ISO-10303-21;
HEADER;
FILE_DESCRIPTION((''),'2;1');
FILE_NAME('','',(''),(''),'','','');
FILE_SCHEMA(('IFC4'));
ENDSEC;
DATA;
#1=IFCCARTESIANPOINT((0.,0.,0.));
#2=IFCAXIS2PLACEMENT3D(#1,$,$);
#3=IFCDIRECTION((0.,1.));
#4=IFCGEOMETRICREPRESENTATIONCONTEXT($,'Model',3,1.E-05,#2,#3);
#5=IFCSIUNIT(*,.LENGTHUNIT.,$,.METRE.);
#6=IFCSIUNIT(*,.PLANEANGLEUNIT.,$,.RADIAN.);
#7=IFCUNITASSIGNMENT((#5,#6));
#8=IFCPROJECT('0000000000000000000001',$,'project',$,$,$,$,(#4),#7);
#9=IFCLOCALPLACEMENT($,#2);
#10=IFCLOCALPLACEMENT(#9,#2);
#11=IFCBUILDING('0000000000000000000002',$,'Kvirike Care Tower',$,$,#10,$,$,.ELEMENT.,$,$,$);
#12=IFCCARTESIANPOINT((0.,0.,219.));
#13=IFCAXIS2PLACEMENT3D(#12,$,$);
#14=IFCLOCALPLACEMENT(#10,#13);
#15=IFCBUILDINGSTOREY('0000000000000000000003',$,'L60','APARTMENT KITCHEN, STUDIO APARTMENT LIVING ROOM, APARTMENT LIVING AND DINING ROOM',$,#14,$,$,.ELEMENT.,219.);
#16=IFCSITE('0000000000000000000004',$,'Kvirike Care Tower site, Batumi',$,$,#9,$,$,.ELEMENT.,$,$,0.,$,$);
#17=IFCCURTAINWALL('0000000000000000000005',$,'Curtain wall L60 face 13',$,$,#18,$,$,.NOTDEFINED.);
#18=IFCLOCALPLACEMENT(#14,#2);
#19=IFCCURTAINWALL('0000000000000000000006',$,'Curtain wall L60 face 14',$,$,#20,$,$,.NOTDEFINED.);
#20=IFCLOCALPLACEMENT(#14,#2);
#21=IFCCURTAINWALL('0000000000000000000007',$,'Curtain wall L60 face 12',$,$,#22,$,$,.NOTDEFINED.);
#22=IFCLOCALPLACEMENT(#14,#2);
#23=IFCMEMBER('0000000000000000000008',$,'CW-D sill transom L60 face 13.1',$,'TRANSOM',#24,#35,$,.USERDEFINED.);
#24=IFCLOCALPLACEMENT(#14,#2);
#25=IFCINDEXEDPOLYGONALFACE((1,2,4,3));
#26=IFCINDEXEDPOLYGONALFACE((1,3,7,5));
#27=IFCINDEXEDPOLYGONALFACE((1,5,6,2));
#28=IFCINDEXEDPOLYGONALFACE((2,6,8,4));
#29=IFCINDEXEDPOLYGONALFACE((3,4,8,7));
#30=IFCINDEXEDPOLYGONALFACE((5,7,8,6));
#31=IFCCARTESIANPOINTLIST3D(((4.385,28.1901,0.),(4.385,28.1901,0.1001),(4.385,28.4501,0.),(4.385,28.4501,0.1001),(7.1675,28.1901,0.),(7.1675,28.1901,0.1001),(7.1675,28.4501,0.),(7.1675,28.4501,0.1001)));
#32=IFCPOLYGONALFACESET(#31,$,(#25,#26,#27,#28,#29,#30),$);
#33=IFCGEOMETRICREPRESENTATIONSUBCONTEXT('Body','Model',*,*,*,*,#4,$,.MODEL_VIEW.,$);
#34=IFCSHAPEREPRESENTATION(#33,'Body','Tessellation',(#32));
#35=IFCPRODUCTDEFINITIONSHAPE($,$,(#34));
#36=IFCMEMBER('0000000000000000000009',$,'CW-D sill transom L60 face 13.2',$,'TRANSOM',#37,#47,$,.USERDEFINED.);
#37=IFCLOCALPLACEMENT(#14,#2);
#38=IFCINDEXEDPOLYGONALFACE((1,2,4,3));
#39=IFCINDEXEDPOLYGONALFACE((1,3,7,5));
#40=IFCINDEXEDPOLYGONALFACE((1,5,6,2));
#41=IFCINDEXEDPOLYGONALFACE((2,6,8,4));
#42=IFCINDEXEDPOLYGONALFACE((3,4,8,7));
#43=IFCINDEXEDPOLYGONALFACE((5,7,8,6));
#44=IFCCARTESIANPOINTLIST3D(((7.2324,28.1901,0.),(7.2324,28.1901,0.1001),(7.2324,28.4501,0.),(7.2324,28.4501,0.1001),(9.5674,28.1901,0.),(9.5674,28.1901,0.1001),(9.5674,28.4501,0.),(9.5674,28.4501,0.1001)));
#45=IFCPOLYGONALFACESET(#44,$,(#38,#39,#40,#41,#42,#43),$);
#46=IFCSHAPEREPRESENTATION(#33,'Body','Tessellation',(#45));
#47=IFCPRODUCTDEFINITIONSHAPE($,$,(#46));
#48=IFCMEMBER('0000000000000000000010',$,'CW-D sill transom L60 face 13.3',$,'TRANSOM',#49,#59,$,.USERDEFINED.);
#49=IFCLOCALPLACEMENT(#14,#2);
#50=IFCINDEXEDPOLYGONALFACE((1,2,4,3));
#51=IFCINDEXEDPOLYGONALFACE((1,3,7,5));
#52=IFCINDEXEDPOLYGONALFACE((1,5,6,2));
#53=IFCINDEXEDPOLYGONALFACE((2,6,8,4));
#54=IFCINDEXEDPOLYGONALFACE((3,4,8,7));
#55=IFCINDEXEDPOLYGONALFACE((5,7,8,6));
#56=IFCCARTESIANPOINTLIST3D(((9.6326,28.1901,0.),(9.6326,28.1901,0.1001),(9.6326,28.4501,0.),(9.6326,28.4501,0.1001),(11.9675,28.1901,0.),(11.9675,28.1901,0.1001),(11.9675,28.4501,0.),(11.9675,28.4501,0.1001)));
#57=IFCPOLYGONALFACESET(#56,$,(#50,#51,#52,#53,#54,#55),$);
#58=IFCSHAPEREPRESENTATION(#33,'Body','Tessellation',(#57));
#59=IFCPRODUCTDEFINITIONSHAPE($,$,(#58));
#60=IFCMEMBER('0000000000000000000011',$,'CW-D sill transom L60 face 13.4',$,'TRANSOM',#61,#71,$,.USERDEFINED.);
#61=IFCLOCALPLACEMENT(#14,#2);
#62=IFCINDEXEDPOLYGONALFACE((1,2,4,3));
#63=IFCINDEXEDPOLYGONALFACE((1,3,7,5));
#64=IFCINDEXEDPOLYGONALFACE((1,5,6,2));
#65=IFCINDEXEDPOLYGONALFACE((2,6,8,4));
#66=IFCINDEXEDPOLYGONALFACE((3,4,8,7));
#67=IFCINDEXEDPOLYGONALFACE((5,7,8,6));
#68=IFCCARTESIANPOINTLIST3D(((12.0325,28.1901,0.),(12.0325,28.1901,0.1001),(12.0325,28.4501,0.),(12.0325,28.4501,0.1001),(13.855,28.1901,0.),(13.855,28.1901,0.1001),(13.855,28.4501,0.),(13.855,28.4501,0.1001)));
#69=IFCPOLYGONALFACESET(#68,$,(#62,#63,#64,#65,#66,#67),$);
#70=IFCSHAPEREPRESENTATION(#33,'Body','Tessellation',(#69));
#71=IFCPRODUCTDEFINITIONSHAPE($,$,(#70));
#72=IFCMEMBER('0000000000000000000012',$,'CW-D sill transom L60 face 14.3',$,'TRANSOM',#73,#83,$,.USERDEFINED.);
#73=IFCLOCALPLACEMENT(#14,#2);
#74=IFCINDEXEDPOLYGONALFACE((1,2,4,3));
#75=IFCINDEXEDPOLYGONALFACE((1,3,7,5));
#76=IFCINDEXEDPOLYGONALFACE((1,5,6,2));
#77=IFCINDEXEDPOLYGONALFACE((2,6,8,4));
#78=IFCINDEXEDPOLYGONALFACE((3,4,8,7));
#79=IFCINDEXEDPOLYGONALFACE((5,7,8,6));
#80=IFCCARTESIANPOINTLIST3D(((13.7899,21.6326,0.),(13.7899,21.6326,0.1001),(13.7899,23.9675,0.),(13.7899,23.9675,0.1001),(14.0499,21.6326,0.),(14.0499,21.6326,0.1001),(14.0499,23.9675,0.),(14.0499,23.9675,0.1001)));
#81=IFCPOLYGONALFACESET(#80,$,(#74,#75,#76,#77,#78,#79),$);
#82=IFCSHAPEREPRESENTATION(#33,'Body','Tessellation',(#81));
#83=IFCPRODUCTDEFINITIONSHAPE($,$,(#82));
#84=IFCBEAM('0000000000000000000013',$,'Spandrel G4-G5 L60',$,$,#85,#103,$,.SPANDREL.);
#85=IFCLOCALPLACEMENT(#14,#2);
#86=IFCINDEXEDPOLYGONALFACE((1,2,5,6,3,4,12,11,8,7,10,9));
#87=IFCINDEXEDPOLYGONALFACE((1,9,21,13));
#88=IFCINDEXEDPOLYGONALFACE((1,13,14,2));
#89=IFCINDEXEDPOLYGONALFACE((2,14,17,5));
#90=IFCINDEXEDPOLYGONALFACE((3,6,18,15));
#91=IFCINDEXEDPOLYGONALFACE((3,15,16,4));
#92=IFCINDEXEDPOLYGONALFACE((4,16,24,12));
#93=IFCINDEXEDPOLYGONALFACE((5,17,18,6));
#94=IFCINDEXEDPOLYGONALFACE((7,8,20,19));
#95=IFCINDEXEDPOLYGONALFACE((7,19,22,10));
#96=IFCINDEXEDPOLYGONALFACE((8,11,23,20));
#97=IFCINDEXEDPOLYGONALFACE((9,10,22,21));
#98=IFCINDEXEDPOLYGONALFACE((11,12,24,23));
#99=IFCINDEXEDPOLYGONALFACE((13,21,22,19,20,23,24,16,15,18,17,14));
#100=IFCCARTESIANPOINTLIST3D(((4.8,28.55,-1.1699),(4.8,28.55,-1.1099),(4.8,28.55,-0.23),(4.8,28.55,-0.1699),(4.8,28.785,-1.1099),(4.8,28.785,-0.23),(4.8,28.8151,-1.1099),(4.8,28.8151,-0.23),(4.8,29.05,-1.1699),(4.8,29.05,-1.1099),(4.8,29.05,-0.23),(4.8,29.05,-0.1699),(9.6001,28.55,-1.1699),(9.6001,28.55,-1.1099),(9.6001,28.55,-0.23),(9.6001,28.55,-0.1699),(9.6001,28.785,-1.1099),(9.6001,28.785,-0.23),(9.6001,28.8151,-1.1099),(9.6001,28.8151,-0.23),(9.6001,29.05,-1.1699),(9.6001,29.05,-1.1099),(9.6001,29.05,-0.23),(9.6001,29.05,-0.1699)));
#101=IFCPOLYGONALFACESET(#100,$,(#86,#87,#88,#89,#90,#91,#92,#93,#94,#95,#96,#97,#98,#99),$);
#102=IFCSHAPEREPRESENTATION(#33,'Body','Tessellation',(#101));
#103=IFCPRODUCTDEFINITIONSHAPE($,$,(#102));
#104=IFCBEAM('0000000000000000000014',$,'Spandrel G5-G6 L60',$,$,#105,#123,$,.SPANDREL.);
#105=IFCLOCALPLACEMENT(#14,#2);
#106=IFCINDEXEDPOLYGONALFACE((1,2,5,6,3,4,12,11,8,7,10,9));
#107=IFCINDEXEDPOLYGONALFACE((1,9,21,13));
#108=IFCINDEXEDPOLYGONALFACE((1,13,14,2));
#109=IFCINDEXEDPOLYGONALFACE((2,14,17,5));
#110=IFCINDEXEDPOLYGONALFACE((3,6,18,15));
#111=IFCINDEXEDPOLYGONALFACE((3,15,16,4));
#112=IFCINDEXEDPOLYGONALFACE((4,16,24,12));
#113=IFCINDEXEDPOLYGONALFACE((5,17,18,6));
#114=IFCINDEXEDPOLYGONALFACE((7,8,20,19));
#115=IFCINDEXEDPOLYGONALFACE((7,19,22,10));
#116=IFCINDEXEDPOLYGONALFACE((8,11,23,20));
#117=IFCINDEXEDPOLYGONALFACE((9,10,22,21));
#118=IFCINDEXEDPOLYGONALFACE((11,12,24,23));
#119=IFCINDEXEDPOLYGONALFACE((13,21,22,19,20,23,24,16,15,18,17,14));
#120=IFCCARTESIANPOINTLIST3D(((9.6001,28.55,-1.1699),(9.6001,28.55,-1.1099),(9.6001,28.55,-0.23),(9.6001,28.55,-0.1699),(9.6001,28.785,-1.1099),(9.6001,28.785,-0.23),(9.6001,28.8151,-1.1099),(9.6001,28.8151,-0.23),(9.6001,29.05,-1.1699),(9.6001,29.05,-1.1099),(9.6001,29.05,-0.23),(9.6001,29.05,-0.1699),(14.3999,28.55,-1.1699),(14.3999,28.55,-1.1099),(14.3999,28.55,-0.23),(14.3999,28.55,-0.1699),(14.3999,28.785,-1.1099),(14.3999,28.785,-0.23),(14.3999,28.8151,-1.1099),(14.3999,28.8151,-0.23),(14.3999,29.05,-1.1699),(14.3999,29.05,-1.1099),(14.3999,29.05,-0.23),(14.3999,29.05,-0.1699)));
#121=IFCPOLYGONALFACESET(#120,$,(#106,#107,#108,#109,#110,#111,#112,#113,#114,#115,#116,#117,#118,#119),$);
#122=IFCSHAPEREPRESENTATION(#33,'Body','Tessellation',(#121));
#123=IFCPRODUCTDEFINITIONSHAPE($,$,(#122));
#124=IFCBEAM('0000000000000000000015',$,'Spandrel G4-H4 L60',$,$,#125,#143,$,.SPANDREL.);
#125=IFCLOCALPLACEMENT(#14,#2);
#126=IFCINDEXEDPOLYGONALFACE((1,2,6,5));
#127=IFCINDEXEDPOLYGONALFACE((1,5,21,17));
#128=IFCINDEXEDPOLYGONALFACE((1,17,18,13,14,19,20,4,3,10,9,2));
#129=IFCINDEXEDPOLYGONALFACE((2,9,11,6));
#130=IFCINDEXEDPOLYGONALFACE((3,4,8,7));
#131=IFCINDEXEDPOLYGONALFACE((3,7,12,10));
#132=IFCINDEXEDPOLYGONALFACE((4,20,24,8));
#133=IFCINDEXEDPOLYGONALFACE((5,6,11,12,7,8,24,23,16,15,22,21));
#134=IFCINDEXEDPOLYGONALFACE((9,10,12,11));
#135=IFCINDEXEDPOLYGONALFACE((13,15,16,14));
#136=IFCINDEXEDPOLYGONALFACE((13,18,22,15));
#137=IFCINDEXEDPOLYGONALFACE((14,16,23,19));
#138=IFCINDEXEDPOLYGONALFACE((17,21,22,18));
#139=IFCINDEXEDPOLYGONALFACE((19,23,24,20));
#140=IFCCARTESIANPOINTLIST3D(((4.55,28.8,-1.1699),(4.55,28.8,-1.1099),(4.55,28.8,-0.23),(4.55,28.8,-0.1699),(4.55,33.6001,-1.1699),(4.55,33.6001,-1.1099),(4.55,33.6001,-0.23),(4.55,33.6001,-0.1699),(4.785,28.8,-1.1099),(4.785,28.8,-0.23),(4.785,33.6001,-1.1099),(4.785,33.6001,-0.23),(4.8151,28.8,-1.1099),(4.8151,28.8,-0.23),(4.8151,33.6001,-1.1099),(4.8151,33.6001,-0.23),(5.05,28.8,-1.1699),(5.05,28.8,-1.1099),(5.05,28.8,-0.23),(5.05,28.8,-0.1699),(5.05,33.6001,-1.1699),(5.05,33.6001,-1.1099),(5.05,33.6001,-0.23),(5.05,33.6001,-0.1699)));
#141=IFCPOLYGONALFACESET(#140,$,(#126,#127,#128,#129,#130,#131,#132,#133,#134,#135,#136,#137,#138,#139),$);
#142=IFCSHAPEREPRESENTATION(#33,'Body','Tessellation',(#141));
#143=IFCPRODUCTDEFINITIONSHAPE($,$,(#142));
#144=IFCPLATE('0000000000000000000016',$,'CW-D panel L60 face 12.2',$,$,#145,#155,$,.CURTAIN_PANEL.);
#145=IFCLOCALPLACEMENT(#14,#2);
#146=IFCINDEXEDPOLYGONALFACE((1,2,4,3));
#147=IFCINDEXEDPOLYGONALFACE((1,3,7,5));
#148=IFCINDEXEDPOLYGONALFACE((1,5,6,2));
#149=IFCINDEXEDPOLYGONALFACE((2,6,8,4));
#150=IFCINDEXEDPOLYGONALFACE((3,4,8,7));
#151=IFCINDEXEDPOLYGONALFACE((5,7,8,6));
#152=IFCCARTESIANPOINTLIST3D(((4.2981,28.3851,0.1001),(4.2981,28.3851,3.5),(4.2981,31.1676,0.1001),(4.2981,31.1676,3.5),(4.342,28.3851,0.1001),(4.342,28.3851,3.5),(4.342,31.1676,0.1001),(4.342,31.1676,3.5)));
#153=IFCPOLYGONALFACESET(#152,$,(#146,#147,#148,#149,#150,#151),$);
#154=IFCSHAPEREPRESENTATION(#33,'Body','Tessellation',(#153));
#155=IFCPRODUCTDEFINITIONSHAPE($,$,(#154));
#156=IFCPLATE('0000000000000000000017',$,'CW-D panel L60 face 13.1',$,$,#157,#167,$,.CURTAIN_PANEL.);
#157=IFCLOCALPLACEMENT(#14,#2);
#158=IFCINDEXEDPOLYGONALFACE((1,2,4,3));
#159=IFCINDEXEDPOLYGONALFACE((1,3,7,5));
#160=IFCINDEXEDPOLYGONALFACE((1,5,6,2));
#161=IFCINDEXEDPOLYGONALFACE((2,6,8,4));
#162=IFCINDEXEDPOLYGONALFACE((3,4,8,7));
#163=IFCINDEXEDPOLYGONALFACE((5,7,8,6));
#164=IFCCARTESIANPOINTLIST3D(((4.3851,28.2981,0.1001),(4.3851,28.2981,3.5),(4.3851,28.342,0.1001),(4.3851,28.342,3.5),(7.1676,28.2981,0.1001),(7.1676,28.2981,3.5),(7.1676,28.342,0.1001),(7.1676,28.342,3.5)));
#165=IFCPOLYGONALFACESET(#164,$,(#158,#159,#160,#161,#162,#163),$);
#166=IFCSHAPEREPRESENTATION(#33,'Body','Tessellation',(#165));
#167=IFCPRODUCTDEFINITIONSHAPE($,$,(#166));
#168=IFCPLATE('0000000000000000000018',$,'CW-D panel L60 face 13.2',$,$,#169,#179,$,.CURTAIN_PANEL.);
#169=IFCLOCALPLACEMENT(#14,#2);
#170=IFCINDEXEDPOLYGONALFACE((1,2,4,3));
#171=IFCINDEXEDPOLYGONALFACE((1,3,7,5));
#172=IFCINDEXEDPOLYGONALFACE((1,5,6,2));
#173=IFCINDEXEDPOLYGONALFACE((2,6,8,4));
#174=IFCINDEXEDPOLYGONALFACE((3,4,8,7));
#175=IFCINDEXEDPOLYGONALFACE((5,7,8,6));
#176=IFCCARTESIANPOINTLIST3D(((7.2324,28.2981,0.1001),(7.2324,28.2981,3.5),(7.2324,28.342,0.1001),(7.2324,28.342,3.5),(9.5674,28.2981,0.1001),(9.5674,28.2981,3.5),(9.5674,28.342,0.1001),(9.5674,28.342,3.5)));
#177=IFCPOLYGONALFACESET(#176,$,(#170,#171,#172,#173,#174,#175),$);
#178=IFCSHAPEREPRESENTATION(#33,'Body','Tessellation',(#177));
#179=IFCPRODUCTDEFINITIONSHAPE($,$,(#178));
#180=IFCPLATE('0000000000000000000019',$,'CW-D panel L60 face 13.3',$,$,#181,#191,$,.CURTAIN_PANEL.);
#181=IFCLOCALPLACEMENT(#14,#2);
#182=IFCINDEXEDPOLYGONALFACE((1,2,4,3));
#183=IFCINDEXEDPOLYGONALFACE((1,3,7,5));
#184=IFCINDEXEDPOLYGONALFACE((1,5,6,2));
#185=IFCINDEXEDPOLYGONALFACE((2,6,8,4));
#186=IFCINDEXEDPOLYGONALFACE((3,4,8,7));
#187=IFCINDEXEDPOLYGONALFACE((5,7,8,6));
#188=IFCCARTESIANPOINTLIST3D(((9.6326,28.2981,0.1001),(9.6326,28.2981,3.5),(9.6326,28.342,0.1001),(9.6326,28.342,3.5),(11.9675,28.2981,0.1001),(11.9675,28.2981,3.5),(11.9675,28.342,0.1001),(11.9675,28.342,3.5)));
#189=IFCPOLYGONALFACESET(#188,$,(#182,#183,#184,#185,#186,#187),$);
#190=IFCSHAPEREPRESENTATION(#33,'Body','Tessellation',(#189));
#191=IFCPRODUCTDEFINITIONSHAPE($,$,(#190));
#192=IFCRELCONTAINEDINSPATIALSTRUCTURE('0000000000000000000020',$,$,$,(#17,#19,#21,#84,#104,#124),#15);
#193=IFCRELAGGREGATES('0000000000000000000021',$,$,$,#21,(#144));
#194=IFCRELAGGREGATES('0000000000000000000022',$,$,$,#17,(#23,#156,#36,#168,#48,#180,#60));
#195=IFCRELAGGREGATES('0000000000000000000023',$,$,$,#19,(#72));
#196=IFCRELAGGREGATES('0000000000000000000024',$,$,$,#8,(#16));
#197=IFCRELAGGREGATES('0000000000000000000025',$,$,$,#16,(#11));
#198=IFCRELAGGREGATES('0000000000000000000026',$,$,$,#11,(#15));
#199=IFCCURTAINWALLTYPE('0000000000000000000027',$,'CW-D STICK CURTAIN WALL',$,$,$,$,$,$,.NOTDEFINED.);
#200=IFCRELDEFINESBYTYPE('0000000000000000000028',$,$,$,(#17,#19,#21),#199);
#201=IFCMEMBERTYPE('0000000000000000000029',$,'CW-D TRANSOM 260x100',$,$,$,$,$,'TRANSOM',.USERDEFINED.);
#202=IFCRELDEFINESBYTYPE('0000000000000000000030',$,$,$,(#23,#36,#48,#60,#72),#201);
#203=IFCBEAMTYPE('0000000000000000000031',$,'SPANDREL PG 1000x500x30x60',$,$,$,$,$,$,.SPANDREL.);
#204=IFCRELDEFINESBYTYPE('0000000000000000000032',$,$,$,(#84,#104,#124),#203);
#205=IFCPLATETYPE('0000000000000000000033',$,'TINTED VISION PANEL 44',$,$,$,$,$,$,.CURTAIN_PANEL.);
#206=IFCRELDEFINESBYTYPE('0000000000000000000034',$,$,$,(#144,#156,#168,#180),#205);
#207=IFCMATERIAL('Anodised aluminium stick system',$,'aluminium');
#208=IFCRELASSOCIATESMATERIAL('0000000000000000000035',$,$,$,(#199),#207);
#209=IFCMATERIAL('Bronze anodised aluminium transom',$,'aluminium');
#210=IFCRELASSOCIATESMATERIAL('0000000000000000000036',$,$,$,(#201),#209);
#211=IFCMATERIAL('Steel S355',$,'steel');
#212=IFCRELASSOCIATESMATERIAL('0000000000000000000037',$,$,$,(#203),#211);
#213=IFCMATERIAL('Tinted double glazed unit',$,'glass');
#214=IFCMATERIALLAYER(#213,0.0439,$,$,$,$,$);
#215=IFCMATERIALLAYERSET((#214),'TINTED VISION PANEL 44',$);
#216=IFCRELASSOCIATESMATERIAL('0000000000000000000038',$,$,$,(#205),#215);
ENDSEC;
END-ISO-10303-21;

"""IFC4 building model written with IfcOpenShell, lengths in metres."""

from ifc_helpers import new_model, si_unit, direction, frame, origin, origin_2d, place, context, subcontext, project, spatial, rectangle, i_section, extrude, material, layer, layer_set, material_profile, profile_set, type_object, element, aggregate, save


model = new_model("IFC4")

# Units and contexts
model_context = context("Model", 3, precision=1e-05, world=origin(), true_north=direction((0.0, 1.0)))
body_context = subcontext(model_context, "Body", "Model", "MODEL_VIEW")
ifc_project = project(units=[si_unit("LENGTHUNIT", "METRE"), si_unit("PLANEANGLEUNIT", "RADIAN")], contexts=[model_context])

# Site, building, storey
site_placement = place(None, origin())
site = spatial("IfcSite", under=ifc_project, at=site_placement, Name="Kvirike Care Tower site, Batumi", CompositionType="ELEMENT", RefElevation=0.0)
building_placement = place(site_placement, origin())
building = spatial("IfcBuilding", under=site, at=building_placement, Name="Kvirike Care Tower", CompositionType="ELEMENT")
storey_placement = place(building_placement, frame((0.0, 0.0, 219.0)))
storey = spatial("IfcBuildingStorey", under=building, at=storey_placement, Name="L60", Description="APARTMENT KITCHEN, STUDIO APARTMENT LIVING ROOM, APARTMENT LIVING AND DINING ROOM", CompositionType="ELEMENT", Elevation=219.0)

# Curtain walls
ifc_material_1 = material(Name="Anodised aluminium stick system", Category="aluminium")
curtain_wall_type = type_object("IfcCurtainWallType", Name="CW-D STICK CURTAIN WALL", PredefinedType="NOTDEFINED", material=ifc_material_1)
curtain_wall_1_placement = place(storey_placement, origin())
curtain_wall_1 = element("IfcCurtainWall", 1, at=curtain_wall_1_placement, inside=storey, type_object=curtain_wall_type, Name="Curtain wall L60 face 13", PredefinedType="NOTDEFINED")
curtain_wall_2_placement = place(storey_placement, origin())
curtain_wall_2 = element("IfcCurtainWall", 2, at=curtain_wall_2_placement, inside=storey, type_object=curtain_wall_type, Name="Curtain wall L60 face 14", PredefinedType="NOTDEFINED")
curtain_wall_3_placement = place(storey_placement, origin())
curtain_wall_3 = element("IfcCurtainWall", 3, at=curtain_wall_3_placement, inside=storey, type_object=curtain_wall_type, Name="Curtain wall L60 face 12", PredefinedType="NOTDEFINED")

# Members
ifc_material_2 = material(Name="Bronze anodised aluminium transom", Category="aluminium")
ifc_material_profile_1 = material_profile(ifc_material_2, rectangle(XDim=0.26, YDim=0.1001, at=origin_2d()), Name="CW-D TRANSOM 260x100")
ifc_profile_set_1 = profile_set([ifc_material_profile_1], Name="Bronze anodised aluminium transom")
member_type_1 = type_object("IfcMemberType", Name="CW-D TRANSOM 260x100", ElementType="TRANSOM", PredefinedType="USERDEFINED", material=ifc_profile_set_1)
member_1_placement = place(storey_placement, frame((4.385, 28.3201, 0.05), z_axis=(1.0, 0.0, 0.0), x_axis=(0.0, 1.0, 0.0)))
member_1 = element("IfcMember", 4, at=member_1_placement, type_object=member_type_1, Name="CW-D sill transom L60 face 13.1", ObjectType="TRANSOM", PredefinedType="USERDEFINED", context=body_context, shape_type="SweptSolid", body=[
    extrude(rectangle(XDim=0.26, YDim=0.1001, at=origin_2d()), origin(), (0.0, 0.0, 1.0), 2.7825),
])
member_2_placement = place(storey_placement, frame((7.2324, 28.3201, 0.05), z_axis=(1.0, 0.0, 0.0), x_axis=(0.0, 1.0, 0.0)))
member_2 = element("IfcMember", 5, at=member_2_placement, type_object=member_type_1, Name="CW-D sill transom L60 face 13.2", ObjectType="TRANSOM", PredefinedType="USERDEFINED", context=body_context, shape_type="SweptSolid", body=[
    extrude(rectangle(XDim=0.26, YDim=0.1001, at=origin_2d()), origin(), (0.0, 0.0, 1.0), 2.335),
])
member_3_placement = place(storey_placement, frame((9.6326, 28.3201, 0.05), z_axis=(1.0, 0.0, 0.0), x_axis=(0.0, 1.0, 0.0)))
member_3 = element("IfcMember", 6, at=member_3_placement, type_object=member_type_1, Name="CW-D sill transom L60 face 13.3", ObjectType="TRANSOM", PredefinedType="USERDEFINED", context=body_context, shape_type="SweptSolid", body=[
    extrude(rectangle(XDim=0.26, YDim=0.1001, at=origin_2d()), origin(), (0.0, 0.0, 1.0), 2.335),
])
member_4_placement = place(storey_placement, frame((12.0325, 28.3201, 0.05), z_axis=(1.0, 0.0, 0.0), x_axis=(0.0, 1.0, 0.0)))
member_4 = element("IfcMember", 7, at=member_4_placement, type_object=member_type_1, Name="CW-D sill transom L60 face 13.4", ObjectType="TRANSOM", PredefinedType="USERDEFINED", context=body_context, shape_type="SweptSolid", body=[
    extrude(rectangle(XDim=0.26, YDim=0.1001, at=origin_2d()), origin(), (0.0, 0.0, 1.0), 1.8225),
])
member_5_placement = place(storey_placement, frame((13.9199, 23.9675, 0.05), z_axis=(0.0, -1.0, 0.0), x_axis=(1.0, 0.0, 0.0)))
member_5 = element("IfcMember", 8, at=member_5_placement, type_object=member_type_1, Name="CW-D sill transom L60 face 14.3", ObjectType="TRANSOM", PredefinedType="USERDEFINED", context=body_context, shape_type="SweptSolid", body=[
    extrude(rectangle(XDim=0.26, YDim=0.1001, at=origin_2d()), origin(), (0.0, 0.0, 1.0), 2.335),
])

# Beams
ifc_material_3 = material(Name="Steel S355", Category="steel")
ifc_material_profile_2 = material_profile(ifc_material_3, i_section(OverallWidth=0.5, OverallDepth=1.0, WebThickness=0.03, FlangeThickness=0.0601, at=origin_2d()), Name="PG 1000x500x30x60")
ifc_profile_set_2 = profile_set([ifc_material_profile_2], Name="Steel S355")
beam_type = type_object("IfcBeamType", Name="SPANDREL PG 1000x500x30x60", PredefinedType="SPANDREL", material=ifc_profile_set_2)
beam_1_placement = place(storey_placement, frame((4.8, 28.8, -0.6699), z_axis=(1.0, 0.0, 0.0), x_axis=(0.0, 1.0, 0.0)))
element("IfcBeam", 9, at=beam_1_placement, inside=storey, type_object=beam_type, Name="Spandrel G4-G5 L60", PredefinedType="SPANDREL", context=body_context, shape_type="SweptSolid", body=[
    extrude(i_section(OverallWidth=0.5, OverallDepth=1.0, WebThickness=0.03, FlangeThickness=0.0601, at=origin_2d()), origin(), (0.0, 0.0, 1.0), 4.8),
])
beam_2_placement = place(storey_placement, frame((9.6001, 28.8, -0.6699), z_axis=(1.0, 0.0, 0.0), x_axis=(0.0, 1.0, 0.0)))
element("IfcBeam", 10, at=beam_2_placement, inside=storey, type_object=beam_type, Name="Spandrel G5-G6 L60", PredefinedType="SPANDREL", context=body_context, shape_type="SweptSolid", body=[
    extrude(i_section(OverallWidth=0.5, OverallDepth=1.0, WebThickness=0.03, FlangeThickness=0.0601, at=origin_2d()), origin(), (0.0, 0.0, 1.0), 4.7998),
])
beam_3_placement = place(storey_placement, frame((4.8, 28.8, -0.6699), z_axis=(0.0, 1.0, 0.0), x_axis=(-1.0, 0.0, 0.0)))
element("IfcBeam", 11, at=beam_3_placement, inside=storey, type_object=beam_type, Name="Spandrel G4-H4 L60", PredefinedType="SPANDREL", context=body_context, shape_type="SweptSolid", body=[
    extrude(i_section(OverallWidth=0.5, OverallDepth=1.0, WebThickness=0.03, FlangeThickness=0.0601, at=origin_2d()), origin(), (0.0, 0.0, 1.0), 4.8),
])

# Plates
ifc_material_4 = material(Name="Tinted double glazed unit", Category="glass")
ifc_layer = layer(ifc_material_4, 0.0439)
ifc_layer_set = layer_set([ifc_layer], Name="TINTED VISION PANEL 44")
plate_type = type_object("IfcPlateType", Name="TINTED VISION PANEL 44", PredefinedType="CURTAIN_PANEL", material=ifc_layer_set)
plate_1_placement = place(storey_placement, frame((4.3201, 29.7764, 0.1001), z_axis=(0.0, 0.0, 1.0), x_axis=(0.0, -1.0, 0.0)))
plate_1 = element("IfcPlate", 12, at=plate_1_placement, type_object=plate_type, Name="CW-D panel L60 face 12.2", PredefinedType="CURTAIN_PANEL", context=body_context, shape_type="SweptSolid", body=[
    extrude(rectangle(XDim=2.7825, YDim=0.0439, at=origin_2d()), origin(), (0.0, 0.0, 1.0), 3.3999),
])
aggregate(curtain_wall_3, [plate_1])
plate_2_placement = place(storey_placement, frame((5.7764, 28.3201, 0.1001), z_axis=(0.0, 0.0, 1.0), x_axis=(1.0, 0.0, 0.0)))
plate_2 = element("IfcPlate", 13, at=plate_2_placement, type_object=plate_type, Name="CW-D panel L60 face 13.1", PredefinedType="CURTAIN_PANEL", context=body_context, shape_type="SweptSolid", body=[
    extrude(rectangle(XDim=2.7825, YDim=0.0439, at=origin_2d()), origin(), (0.0, 0.0, 1.0), 3.3999),
])
plate_3_placement = place(storey_placement, frame((8.3999, 28.3201, 0.1001), z_axis=(0.0, 0.0, 1.0), x_axis=(1.0, 0.0, 0.0)))
plate_3 = element("IfcPlate", 14, at=plate_3_placement, type_object=plate_type, Name="CW-D panel L60 face 13.2", PredefinedType="CURTAIN_PANEL", context=body_context, shape_type="SweptSolid", body=[
    extrude(rectangle(XDim=2.335, YDim=0.0439, at=origin_2d()), origin(), (0.0, 0.0, 1.0), 3.3999),
])
plate_4_placement = place(storey_placement, frame((10.8, 28.3201, 0.1001), z_axis=(0.0, 0.0, 1.0), x_axis=(1.0, 0.0, 0.0)))
plate_4 = element("IfcPlate", 15, at=plate_4_placement, type_object=plate_type, Name="CW-D panel L60 face 13.3", PredefinedType="CURTAIN_PANEL", context=body_context, shape_type="SweptSolid", body=[
    extrude(rectangle(XDim=2.335, YDim=0.0439, at=origin_2d()), origin(), (0.0, 0.0, 1.0), 3.3999),
])
aggregate(curtain_wall_1, [member_1, plate_2, member_2, plate_3, member_3, plate_4, member_4])
aggregate(curtain_wall_2, [member_5])

save(model, "model.ifc")
